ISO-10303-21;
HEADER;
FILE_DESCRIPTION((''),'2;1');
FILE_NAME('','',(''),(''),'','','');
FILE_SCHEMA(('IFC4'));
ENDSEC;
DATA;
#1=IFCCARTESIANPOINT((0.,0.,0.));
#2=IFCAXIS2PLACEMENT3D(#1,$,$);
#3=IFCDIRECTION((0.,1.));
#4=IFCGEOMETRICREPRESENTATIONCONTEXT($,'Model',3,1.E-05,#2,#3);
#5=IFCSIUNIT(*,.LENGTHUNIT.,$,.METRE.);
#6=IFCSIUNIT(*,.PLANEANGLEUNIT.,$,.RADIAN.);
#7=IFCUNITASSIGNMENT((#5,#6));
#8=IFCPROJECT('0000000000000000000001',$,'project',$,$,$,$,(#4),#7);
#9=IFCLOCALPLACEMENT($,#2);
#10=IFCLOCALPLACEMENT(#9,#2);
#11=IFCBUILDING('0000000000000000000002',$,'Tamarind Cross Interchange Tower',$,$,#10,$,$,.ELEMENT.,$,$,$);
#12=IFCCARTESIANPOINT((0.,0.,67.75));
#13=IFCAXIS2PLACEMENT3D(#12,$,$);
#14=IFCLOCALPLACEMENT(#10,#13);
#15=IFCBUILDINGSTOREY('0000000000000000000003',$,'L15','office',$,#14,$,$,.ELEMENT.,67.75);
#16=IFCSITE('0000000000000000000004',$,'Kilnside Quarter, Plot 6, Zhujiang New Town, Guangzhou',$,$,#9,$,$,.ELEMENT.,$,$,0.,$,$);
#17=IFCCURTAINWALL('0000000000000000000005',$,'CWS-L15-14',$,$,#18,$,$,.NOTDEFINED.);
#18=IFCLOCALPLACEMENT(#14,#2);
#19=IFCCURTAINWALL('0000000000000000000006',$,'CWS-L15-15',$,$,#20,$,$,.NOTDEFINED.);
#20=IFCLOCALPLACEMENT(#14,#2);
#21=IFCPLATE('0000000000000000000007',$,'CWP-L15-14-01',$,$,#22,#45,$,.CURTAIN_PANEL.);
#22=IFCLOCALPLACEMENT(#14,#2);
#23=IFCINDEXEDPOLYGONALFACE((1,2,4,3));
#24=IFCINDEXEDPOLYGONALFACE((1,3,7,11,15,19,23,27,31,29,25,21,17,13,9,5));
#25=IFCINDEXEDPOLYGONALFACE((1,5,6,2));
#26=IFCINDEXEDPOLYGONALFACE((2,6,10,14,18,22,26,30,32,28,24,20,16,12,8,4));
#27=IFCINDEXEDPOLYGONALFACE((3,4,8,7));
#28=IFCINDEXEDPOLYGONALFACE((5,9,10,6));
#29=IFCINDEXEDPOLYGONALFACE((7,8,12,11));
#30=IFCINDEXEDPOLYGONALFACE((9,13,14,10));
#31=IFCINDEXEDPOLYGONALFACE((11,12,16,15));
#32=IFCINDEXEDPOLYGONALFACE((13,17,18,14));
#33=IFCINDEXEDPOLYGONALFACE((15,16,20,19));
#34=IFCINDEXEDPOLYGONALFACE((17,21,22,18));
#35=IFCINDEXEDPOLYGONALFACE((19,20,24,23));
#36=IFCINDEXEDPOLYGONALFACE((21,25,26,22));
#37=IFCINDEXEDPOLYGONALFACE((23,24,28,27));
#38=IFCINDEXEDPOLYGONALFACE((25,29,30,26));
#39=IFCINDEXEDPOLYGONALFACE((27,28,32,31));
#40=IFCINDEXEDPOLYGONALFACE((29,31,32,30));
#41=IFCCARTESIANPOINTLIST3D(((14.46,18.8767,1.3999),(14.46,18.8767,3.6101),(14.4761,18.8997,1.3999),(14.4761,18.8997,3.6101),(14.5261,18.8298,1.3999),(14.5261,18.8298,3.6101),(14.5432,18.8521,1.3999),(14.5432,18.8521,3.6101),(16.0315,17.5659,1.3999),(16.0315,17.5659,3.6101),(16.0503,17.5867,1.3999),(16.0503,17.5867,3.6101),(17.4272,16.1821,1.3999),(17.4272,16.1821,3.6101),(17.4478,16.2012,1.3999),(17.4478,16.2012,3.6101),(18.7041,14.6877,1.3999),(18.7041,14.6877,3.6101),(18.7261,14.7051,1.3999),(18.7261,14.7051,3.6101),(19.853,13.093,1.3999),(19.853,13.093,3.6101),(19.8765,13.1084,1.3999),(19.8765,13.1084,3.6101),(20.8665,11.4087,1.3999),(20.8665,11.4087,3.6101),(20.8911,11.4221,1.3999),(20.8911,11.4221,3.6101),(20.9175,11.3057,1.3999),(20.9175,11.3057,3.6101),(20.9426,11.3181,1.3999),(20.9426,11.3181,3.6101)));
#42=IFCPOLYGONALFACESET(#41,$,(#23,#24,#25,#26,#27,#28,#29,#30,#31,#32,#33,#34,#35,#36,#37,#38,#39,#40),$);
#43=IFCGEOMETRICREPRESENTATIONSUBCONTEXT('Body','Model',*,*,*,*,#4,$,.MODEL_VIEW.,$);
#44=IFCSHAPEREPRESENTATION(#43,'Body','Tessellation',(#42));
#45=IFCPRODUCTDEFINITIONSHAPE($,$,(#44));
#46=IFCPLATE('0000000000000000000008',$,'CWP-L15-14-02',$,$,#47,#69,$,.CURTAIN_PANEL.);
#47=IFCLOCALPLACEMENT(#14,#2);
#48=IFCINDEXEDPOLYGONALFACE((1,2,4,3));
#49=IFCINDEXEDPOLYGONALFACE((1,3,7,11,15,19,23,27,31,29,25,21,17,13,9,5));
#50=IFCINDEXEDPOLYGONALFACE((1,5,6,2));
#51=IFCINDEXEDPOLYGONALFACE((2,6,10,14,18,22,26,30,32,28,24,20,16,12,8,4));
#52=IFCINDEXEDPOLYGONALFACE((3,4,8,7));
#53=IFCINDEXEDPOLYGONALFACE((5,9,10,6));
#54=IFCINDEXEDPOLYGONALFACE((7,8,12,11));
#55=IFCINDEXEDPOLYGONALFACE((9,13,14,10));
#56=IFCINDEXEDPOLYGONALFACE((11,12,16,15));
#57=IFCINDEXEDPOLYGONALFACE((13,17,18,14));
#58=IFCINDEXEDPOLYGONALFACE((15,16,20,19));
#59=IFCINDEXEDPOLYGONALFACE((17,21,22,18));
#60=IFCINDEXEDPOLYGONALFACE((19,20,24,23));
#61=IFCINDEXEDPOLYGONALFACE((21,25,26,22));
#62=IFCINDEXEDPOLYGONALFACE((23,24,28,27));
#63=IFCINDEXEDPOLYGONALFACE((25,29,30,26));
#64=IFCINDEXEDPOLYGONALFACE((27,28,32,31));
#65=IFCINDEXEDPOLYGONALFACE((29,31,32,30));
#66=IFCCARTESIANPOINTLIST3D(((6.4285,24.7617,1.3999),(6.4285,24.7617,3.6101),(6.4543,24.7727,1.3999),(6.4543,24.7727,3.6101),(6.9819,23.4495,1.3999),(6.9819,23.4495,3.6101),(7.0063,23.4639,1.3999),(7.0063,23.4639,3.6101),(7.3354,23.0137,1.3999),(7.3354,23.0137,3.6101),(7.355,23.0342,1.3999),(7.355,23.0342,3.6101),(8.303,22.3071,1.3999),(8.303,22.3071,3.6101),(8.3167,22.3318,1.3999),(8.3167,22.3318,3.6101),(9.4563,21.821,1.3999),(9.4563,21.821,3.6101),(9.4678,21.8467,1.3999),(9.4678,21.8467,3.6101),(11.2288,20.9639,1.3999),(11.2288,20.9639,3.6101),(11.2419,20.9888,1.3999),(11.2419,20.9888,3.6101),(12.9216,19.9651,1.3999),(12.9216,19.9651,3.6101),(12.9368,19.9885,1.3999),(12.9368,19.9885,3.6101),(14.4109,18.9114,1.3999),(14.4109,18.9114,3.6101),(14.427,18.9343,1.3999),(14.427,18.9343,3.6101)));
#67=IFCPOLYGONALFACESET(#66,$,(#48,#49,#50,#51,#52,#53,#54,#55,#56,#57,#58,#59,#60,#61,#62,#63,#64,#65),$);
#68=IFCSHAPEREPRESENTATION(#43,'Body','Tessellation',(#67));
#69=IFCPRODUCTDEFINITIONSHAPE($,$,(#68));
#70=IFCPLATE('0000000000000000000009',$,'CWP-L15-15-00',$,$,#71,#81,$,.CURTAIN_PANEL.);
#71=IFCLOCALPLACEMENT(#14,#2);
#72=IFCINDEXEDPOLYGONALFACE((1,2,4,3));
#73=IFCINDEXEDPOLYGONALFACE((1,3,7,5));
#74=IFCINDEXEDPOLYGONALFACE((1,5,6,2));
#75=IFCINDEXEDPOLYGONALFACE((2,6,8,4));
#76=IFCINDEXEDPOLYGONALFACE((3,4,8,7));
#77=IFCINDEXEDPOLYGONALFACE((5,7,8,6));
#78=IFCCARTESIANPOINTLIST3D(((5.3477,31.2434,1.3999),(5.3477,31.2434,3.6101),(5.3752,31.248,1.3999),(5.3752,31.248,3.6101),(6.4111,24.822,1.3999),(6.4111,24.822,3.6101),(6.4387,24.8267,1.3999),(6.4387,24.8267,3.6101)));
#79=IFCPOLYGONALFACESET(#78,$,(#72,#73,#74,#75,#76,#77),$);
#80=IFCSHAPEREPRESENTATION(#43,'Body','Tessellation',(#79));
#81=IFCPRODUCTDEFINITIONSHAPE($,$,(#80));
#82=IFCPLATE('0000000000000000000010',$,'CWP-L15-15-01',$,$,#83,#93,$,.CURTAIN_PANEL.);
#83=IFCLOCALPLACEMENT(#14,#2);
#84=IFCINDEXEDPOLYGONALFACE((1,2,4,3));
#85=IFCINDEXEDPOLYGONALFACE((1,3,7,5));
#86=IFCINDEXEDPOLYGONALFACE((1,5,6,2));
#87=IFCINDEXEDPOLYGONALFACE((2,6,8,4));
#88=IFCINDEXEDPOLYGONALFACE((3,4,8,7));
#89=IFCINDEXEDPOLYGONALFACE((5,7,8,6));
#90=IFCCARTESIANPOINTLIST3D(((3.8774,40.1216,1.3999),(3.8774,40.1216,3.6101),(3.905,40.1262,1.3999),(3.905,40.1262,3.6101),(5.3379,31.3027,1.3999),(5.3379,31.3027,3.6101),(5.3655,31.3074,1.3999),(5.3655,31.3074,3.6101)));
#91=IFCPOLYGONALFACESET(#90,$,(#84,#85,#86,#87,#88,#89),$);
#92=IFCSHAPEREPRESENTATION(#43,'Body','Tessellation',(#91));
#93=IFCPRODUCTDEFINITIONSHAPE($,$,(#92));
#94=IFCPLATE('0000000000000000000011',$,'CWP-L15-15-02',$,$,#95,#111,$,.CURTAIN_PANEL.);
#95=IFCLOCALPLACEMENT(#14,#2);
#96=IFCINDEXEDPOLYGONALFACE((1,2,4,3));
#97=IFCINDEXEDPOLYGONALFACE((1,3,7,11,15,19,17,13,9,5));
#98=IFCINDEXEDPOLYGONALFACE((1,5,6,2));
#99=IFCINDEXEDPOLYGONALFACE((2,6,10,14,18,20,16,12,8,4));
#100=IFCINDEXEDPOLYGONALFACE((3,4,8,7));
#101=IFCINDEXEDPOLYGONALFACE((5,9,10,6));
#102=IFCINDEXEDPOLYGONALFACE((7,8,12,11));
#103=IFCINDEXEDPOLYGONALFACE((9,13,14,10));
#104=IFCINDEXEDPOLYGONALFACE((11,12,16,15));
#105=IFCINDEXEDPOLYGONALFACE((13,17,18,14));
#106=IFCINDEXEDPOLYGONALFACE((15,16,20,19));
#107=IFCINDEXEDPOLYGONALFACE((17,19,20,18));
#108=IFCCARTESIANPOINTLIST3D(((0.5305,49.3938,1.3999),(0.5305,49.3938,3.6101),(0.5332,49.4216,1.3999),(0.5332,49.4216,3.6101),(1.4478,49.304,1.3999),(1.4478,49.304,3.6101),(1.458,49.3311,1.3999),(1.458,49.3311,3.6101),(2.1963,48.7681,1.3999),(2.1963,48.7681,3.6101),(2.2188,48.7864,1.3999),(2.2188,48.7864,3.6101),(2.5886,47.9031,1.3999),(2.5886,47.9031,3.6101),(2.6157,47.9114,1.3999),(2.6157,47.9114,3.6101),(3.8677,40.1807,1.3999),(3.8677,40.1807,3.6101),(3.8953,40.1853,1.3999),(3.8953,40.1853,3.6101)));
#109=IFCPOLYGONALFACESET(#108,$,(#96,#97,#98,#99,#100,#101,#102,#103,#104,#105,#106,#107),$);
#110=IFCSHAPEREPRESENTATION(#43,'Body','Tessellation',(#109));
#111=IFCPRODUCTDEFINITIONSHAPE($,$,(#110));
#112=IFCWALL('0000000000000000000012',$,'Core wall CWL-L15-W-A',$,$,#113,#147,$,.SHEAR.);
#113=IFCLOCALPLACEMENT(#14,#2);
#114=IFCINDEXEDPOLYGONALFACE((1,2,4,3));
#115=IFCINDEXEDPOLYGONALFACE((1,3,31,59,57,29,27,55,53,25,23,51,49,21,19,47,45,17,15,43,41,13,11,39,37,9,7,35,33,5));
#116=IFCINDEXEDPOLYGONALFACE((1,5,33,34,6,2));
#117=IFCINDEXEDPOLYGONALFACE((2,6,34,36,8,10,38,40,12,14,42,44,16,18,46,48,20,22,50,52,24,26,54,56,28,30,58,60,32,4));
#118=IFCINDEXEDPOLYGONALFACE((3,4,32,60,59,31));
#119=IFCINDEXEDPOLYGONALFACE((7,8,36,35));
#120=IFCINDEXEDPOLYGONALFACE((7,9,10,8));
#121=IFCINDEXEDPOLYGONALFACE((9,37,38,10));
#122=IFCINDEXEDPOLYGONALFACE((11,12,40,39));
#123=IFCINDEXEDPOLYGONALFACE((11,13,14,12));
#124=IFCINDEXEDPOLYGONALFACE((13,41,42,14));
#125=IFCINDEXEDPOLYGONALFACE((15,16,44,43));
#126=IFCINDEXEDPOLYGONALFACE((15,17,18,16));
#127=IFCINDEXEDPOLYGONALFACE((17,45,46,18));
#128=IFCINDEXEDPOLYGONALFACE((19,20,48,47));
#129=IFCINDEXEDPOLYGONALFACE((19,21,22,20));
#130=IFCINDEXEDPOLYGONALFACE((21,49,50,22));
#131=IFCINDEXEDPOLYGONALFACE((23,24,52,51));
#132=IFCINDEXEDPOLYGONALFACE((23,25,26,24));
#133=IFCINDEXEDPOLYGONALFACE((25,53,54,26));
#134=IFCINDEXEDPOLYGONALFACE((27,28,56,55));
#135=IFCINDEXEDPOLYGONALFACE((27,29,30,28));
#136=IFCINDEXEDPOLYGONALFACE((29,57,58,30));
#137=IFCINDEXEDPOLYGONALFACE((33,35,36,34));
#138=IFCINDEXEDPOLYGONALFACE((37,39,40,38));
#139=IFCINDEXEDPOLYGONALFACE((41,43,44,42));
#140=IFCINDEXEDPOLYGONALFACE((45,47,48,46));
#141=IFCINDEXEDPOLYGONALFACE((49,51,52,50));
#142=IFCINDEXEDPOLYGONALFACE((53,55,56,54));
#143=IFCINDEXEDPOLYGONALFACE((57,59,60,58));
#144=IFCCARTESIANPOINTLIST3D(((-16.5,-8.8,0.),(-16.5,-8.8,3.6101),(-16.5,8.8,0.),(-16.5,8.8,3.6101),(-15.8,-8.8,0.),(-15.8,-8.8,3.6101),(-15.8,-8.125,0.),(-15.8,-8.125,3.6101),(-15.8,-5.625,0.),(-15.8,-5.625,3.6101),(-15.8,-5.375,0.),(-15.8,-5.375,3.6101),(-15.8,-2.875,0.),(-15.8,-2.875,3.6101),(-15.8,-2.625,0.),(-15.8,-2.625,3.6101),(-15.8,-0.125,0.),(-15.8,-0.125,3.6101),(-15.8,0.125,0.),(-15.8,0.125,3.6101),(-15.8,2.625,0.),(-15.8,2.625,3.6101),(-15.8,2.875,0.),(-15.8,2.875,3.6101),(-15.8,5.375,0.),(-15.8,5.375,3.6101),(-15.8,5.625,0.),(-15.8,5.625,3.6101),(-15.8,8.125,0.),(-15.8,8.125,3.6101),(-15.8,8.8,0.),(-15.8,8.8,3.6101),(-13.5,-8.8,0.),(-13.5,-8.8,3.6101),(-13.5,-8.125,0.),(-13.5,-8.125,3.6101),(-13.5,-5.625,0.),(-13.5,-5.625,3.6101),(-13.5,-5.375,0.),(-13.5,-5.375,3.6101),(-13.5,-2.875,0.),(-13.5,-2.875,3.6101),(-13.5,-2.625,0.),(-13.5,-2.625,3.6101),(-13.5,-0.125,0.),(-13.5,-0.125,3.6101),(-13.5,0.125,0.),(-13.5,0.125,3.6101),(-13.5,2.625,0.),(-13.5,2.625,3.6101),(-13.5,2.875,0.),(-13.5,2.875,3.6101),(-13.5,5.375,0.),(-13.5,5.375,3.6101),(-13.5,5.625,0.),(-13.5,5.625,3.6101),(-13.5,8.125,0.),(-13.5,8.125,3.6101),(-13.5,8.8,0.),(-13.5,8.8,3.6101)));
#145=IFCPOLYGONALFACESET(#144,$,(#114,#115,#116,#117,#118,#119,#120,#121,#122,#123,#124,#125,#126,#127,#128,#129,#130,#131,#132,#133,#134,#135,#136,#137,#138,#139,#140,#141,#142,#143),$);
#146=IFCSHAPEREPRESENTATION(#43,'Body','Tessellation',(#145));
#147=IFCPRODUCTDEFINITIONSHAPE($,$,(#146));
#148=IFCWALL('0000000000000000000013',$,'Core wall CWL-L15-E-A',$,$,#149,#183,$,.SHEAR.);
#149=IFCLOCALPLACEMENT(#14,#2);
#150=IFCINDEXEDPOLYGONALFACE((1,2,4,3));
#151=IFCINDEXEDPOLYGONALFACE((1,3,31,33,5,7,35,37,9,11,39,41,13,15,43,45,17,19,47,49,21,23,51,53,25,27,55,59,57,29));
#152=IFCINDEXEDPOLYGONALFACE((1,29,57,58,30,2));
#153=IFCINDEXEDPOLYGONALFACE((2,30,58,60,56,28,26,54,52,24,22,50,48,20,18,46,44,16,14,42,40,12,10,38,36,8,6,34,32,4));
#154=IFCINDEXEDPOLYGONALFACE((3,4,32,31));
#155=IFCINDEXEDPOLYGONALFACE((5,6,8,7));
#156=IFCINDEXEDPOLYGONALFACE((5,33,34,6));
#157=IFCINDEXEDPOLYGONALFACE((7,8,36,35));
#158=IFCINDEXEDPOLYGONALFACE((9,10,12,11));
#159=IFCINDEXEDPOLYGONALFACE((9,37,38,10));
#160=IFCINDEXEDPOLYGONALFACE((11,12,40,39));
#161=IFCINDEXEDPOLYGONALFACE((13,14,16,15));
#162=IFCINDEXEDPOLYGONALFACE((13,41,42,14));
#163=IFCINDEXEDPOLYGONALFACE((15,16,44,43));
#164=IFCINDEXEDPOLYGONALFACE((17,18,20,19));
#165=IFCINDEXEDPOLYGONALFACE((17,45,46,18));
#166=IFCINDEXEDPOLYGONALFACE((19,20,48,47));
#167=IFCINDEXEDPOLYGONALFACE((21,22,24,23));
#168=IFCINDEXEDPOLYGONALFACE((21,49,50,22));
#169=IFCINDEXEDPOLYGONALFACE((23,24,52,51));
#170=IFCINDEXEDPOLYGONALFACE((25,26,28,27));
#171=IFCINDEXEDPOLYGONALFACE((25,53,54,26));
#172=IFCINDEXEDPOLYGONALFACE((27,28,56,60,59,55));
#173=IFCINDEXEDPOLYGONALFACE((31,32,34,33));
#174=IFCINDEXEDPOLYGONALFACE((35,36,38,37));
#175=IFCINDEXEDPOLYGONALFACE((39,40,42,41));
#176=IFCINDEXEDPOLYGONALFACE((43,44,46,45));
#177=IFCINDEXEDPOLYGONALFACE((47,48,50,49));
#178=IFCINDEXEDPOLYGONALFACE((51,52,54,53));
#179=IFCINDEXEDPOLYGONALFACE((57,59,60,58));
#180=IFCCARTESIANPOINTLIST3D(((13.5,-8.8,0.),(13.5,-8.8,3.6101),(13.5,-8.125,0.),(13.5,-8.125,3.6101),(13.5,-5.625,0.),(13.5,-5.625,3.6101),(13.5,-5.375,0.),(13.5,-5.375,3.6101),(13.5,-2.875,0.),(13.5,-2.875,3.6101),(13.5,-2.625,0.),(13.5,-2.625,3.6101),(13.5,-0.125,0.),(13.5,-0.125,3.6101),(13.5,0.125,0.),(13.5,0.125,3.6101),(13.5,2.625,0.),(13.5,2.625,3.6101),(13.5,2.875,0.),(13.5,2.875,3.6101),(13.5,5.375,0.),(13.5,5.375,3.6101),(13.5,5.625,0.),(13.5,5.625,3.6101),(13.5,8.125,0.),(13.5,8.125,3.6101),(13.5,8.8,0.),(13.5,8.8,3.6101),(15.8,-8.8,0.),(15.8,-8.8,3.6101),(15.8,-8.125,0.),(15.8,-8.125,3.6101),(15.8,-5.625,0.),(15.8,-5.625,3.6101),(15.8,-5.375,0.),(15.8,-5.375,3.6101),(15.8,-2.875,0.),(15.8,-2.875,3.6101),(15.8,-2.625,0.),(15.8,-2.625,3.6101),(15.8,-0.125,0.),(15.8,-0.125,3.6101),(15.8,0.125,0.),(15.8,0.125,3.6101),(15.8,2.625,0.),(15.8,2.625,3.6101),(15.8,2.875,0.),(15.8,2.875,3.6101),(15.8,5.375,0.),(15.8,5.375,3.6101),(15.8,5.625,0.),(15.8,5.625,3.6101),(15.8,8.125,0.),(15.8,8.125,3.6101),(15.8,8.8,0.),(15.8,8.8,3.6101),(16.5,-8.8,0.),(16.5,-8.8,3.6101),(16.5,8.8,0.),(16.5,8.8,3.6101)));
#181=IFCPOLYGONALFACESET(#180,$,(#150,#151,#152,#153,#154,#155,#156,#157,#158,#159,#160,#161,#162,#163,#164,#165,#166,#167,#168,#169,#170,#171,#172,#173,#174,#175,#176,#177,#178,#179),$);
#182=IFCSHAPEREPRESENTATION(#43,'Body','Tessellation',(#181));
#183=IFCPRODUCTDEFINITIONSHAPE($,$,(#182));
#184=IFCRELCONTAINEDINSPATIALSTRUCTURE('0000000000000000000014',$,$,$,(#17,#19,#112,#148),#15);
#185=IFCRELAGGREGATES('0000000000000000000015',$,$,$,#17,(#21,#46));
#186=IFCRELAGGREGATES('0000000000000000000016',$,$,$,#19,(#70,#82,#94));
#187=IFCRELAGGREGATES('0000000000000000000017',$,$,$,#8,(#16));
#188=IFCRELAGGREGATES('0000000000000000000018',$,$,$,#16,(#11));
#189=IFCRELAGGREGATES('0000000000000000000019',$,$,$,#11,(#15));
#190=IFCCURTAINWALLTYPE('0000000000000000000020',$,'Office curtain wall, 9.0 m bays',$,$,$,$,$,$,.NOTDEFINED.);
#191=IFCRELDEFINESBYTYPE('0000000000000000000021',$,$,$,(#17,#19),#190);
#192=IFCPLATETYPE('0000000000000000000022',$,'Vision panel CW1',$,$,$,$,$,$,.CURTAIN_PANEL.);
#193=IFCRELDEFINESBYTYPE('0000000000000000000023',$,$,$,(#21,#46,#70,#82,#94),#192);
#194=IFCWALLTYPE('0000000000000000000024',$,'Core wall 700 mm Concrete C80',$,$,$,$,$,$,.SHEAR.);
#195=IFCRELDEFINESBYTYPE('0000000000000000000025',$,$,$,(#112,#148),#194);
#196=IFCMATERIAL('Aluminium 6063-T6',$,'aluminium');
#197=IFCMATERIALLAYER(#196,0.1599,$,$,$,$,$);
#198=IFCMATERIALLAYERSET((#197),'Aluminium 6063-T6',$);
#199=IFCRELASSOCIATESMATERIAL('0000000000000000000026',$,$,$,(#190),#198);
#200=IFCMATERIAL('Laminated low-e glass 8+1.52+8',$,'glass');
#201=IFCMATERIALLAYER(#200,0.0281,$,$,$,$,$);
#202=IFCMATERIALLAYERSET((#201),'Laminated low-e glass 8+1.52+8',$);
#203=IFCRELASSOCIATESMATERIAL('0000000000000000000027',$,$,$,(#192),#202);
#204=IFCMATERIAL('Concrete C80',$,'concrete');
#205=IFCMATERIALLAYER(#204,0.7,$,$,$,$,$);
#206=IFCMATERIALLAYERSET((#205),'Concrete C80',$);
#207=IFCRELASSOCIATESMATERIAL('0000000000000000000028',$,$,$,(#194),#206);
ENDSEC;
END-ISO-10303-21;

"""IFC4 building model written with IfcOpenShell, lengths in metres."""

from ifc_helpers import new_model, si_unit, direction, frame, origin, place, context, subcontext, project, spatial, polyline, outline, extrude, material, layer, layer_set, type_object, element, aggregate, save


model = new_model("IFC4")

# Units and contexts
model_context = context("Model", 3, precision=1e-05, world=origin(), true_north=direction((0.0, 1.0)))
body_context = subcontext(model_context, "Body", "Model", "MODEL_VIEW")
ifc_project = project(units=[si_unit("LENGTHUNIT", "METRE"), si_unit("PLANEANGLEUNIT", "RADIAN")], contexts=[model_context])

# Site, building, storey
site_placement = place(None, origin())
site = spatial("IfcSite", under=ifc_project, at=site_placement, Name="Kilnside Quarter, Plot 6, Zhujiang New Town, Guangzhou", CompositionType="ELEMENT", RefElevation=0.0)
building_placement = place(site_placement, origin())
building = spatial("IfcBuilding", under=site, at=building_placement, Name="Tamarind Cross Interchange Tower", CompositionType="ELEMENT")
storey_placement = place(building_placement, frame((0.0, 0.0, 67.75)))
storey = spatial("IfcBuildingStorey", under=building, at=storey_placement, Name="L15", Description="office", CompositionType="ELEMENT", Elevation=67.75)

# Curtain walls
ifc_material_1 = material(Name="Aluminium 6063-T6", Category="aluminium")
ifc_layer_1 = layer(ifc_material_1, 0.1599)
ifc_layer_set_1 = layer_set([ifc_layer_1], Name="Aluminium 6063-T6")
curtain_wall_type = type_object("IfcCurtainWallType", Name="Office curtain wall, 9.0 m bays", PredefinedType="NOTDEFINED", material=ifc_layer_set_1)
curtain_wall_1_placement = place(storey_placement, origin())
curtain_wall_1 = element("IfcCurtainWall", 1, at=curtain_wall_1_placement, inside=storey, type_object=curtain_wall_type, Name="CWS-L15-14", PredefinedType="NOTDEFINED")
curtain_wall_2_placement = place(storey_placement, origin())
curtain_wall_2 = element("IfcCurtainWall", 2, at=curtain_wall_2_placement, inside=storey, type_object=curtain_wall_type, Name="CWS-L15-15", PredefinedType="NOTDEFINED")

# Plates
ifc_material_2 = material(Name="Laminated low-e glass 8+1.52+8", Category="glass")
ifc_layer_2 = layer(ifc_material_2, 0.0281)
ifc_layer_set_2 = layer_set([ifc_layer_2], Name="Laminated low-e glass 8+1.52+8")
plate_type = type_object("IfcPlateType", Name="Vision panel CW1", PredefinedType="CURTAIN_PANEL", material=ifc_layer_set_2)
plate_1_placement = place(storey_placement, frame((0.0, 0.0, 1.3999)))
plate_1 = element("IfcPlate", 3, at=plate_1_placement, type_object=plate_type, Name="CWP-L15-14-01", PredefinedType="CURTAIN_PANEL", context=body_context, shape_type="SweptSolid", body=[
    extrude(outline(polyline([(20.9175, 11.3057), (20.8665, 11.4087), (19.853, 13.093), (18.7041, 14.6877), (17.4272, 16.1821), (16.0315, 17.5659), (14.5261, 18.8298), (14.46, 18.8767), (14.4761, 18.8997), (14.5432, 18.8521), (16.0503, 17.5867), (17.4478, 16.2012), (18.7261, 14.7051), (19.8765, 13.1084), (20.8911, 11.4221), (20.9426, 11.3181), (20.9175, 11.3057)])), origin(), (0.0, 0.0, 1.0), 2.2102),
])
plate_2_placement = place(storey_placement, frame((0.0, 0.0, 1.3999)))
plate_2 = element("IfcPlate", 4, at=plate_2_placement, type_object=plate_type, Name="CWP-L15-14-02", PredefinedType="CURTAIN_PANEL", context=body_context, shape_type="SweptSolid", body=[
    extrude(outline(polyline([(14.4109, 18.9114), (12.9216, 19.9651), (11.2288, 20.9639), (9.4563, 21.821), (8.303, 22.3071), (7.3354, 23.0137), (6.9819, 23.4495), (6.4285, 24.7617), (6.4543, 24.7727), (7.0063, 23.4639), (7.355, 23.0342), (8.3167, 22.3318), (9.4678, 21.8467), (11.2419, 20.9888), (12.9368, 19.9885), (14.427, 18.9343), (14.4109, 18.9114)])), origin(), (0.0, 0.0, 1.0), 2.2102),
])
aggregate(curtain_wall_1, [plate_1, plate_2])
plate_3_placement = place(storey_placement, frame((0.0, 0.0, 1.3999)))
plate_3 = element("IfcPlate", 5, at=plate_3_placement, type_object=plate_type, Name="CWP-L15-15-00", PredefinedType="CURTAIN_PANEL", context=body_context, shape_type="SweptSolid", body=[
    extrude(outline(polyline([(6.4111, 24.822), (5.3477, 31.2434), (5.3752, 31.248), (6.4387, 24.8267), (6.4111, 24.822)])), origin(), (0.0, 0.0, 1.0), 2.2102),
])
plate_4_placement = place(storey_placement, frame((0.0, 0.0, 1.3999)))
plate_4 = element("IfcPlate", 6, at=plate_4_placement, type_object=plate_type, Name="CWP-L15-15-01", PredefinedType="CURTAIN_PANEL", context=body_context, shape_type="SweptSolid", body=[
    extrude(outline(polyline([(5.3379, 31.3027), (3.8774, 40.1216), (3.905, 40.1262), (5.3655, 31.3074), (5.3379, 31.3027)])), origin(), (0.0, 0.0, 1.0), 2.2102),
])
plate_5_placement = place(storey_placement, frame((0.0, 0.0, 1.3999)))
plate_5 = element("IfcPlate", 7, at=plate_5_placement, type_object=plate_type, Name="CWP-L15-15-02", PredefinedType="CURTAIN_PANEL", context=body_context, shape_type="SweptSolid", body=[
    extrude(outline(polyline([(3.8677, 40.1807), (2.5886, 47.9031), (2.1963, 48.7681), (1.4478, 49.304), (0.5305, 49.3938), (0.5332, 49.4216), (1.458, 49.3311), (2.2188, 48.7864), (2.6157, 47.9114), (3.8953, 40.1853), (3.8677, 40.1807)])), origin(), (0.0, 0.0, 1.0), 2.2102),
])
aggregate(curtain_wall_2, [plate_3, plate_4, plate_5])

# Walls
ifc_material_3 = material(Name="Concrete C80", Category="concrete")
ifc_layer_3 = layer(ifc_material_3, 0.7)
ifc_layer_set_3 = layer_set([ifc_layer_3], Name="Concrete C80")
wall_type_1 = type_object("IfcWallType", Name="Core wall 700 mm Concrete C80", PredefinedType="SHEAR", material=ifc_layer_set_3)
wall_1_placement = place(storey_placement, origin())
element("IfcWall", 8, at=wall_1_placement, inside=storey, type_object=wall_type_1, Name="Core wall CWL-L15-W-A", PredefinedType="SHEAR", context=body_context, shape_type="SweptSolid", body=[
    extrude(outline(polyline([(-13.5, -8.8), (-13.5, -8.125), (-15.8, -8.125), (-15.8, -5.625), (-13.5, -5.625), (-13.5, -5.375), (-15.8, -5.375), (-15.8, -2.875), (-13.5, -2.875), (-13.5, -2.625), (-15.8, -2.625), (-15.8, -0.125), (-13.5, -0.125), (-13.5, 0.125), (-15.8, 0.125), (-15.8, 2.625), (-13.5, 2.625), (-13.5, 2.875), (-15.8, 2.875), (-15.8, 5.375), (-13.5, 5.375), (-13.5, 5.625), (-15.8, 5.625), (-15.8, 8.125), (-13.5, 8.125), (-13.5, 8.8), (-15.8, 8.8), (-16.5, 8.8), (-16.5, -8.8), (-15.8, -8.8), (-13.5, -8.8)])), origin(), (0.0, 0.0, 1.0), 3.6101),
])
wall_2_placement = place(storey_placement, origin())
element("IfcWall", 9, at=wall_2_placement, inside=storey, type_object=wall_type_1, Name="Core wall CWL-L15-E-A", PredefinedType="SHEAR", context=body_context, shape_type="SweptSolid", body=[
    extrude(outline(polyline([(13.5, -8.8), (15.8, -8.8), (16.5, -8.8), (16.5, 8.8), (15.8, 8.8), (13.5, 8.8), (13.5, 8.125), (15.8, 8.125), (15.8, 5.625), (13.5, 5.625), (13.5, 5.375), (15.8, 5.375), (15.8, 2.875), (13.5, 2.875), (13.5, 2.625), (15.8, 2.625), (15.8, 0.125), (13.5, 0.125), (13.5, -0.125), (15.8, -0.125), (15.8, -2.625), (13.5, -2.625), (13.5, -2.875), (15.8, -2.875), (15.8, -5.375), (13.5, -5.375), (13.5, -5.625), (15.8, -5.625), (15.8, -8.125), (13.5, -8.125), (13.5, -8.8)])), origin(), (0.0, 0.0, 1.0), 3.6101),
])

save(model, "model.ifc")
